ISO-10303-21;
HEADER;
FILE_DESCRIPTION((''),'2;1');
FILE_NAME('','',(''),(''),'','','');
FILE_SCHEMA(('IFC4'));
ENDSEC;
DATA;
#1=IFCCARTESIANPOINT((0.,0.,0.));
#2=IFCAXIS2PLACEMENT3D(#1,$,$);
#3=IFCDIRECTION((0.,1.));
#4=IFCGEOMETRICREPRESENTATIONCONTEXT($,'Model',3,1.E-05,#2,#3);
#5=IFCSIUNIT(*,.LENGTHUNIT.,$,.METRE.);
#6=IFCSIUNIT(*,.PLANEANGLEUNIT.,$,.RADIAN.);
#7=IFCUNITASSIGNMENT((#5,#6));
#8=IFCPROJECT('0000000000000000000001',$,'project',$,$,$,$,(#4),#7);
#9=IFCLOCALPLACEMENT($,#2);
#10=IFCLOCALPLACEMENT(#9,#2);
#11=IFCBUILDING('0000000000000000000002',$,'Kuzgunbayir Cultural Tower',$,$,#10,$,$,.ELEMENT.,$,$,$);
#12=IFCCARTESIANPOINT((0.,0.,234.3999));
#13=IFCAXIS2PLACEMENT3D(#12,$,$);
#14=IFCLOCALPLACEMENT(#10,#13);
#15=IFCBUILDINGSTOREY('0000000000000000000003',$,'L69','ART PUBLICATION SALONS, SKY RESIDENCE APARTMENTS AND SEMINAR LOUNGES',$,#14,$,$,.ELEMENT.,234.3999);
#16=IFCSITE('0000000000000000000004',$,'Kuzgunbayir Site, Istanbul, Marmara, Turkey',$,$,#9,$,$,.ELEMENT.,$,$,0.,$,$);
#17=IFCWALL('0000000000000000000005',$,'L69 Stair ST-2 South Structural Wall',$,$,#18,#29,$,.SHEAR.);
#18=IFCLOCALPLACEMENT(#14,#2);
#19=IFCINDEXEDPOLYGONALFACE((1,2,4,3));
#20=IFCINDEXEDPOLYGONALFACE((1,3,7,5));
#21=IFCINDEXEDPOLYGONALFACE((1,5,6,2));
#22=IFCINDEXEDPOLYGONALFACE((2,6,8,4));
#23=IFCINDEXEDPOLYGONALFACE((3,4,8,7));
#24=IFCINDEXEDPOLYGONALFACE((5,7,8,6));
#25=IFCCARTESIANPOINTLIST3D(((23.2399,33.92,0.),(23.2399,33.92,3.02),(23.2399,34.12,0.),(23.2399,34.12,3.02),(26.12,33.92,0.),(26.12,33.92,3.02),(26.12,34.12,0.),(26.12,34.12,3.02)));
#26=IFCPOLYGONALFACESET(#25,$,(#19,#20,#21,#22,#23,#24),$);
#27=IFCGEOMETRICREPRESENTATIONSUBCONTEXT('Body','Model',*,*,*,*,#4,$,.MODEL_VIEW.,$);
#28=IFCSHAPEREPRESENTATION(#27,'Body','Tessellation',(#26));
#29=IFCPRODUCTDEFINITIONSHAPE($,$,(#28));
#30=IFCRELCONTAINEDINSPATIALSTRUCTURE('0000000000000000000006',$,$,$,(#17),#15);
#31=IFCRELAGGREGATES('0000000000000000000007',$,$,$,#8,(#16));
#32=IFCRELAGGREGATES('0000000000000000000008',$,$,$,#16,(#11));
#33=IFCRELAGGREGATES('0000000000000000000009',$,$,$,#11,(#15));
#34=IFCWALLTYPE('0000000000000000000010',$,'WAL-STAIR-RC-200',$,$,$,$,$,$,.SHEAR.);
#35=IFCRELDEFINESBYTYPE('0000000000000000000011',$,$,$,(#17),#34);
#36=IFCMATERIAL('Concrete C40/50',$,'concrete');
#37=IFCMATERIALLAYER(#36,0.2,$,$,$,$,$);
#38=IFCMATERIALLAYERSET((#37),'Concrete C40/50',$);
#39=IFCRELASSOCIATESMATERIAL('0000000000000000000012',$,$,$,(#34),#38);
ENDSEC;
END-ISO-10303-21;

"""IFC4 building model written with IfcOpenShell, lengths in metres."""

from ifc_helpers import new_model, si_unit, direction, frame, frame_2d, origin, place, context, subcontext, project, spatial, rectangle, extrude, material, layer, layer_set, type_object, element, save


model = new_model("IFC4")

# Units and contexts
model_context = context("Model", 3, precision=1e-05, world=origin(), true_north=direction((0.0, 1.0)))
body_context = subcontext(model_context, "Body", "Model", "MODEL_VIEW")
ifc_project = project(units=[si_unit("LENGTHUNIT", "METRE"), si_unit("PLANEANGLEUNIT", "RADIAN")], contexts=[model_context])

# Site, building, storey
site_placement = place(None, origin())
site = spatial("IfcSite", under=ifc_project, at=site_placement, Name="Kuzgunbayir Site, Istanbul, Marmara, Turkey", CompositionType="ELEMENT", RefElevation=0.0)
building_placement = place(site_placement, origin())
building = spatial("IfcBuilding", under=site, at=building_placement, Name="Kuzgunbayir Cultural Tower", CompositionType="ELEMENT")
storey_placement = place(building_placement, frame((0.0, 0.0, 234.3999)))
storey = spatial("IfcBuildingStorey", under=building, at=storey_placement, Name="L69", Description="ART PUBLICATION SALONS, SKY RESIDENCE APARTMENTS AND SEMINAR LOUNGES", CompositionType="ELEMENT", Elevation=234.3999)

# Shared definitions
ifc_material_1 = material(Name="Concrete C40/50", Category="concrete")

# Shared definitions
ifc_layer_1 = layer(ifc_material_1, 0.2)
ifc_layer_set_1 = layer_set([ifc_layer_1], Name="Concrete C40/50")
wall_type_1 = type_object("IfcWallType", Name="WAL-STAIR-RC-200", PredefinedType="SHEAR", material=ifc_layer_set_1)

# Wall
wall_1_placement = place(storey_placement, frame((23.24, 34.02, 0.0), z_axis=(0.0, 0.0, 1.0), x_axis=(1.0, 0.0, 0.0)))
element("IfcWall", 1, at=wall_1_placement, inside=storey, type_object=wall_type_1, Name="L69 Stair ST-2 South Structural Wall", PredefinedType="SHEAR", context=body_context, shape_type="SweptSolid", body=[
    extrude(rectangle(XDim=2.8801, YDim=0.2, at=frame_2d((1.4399, 0.0))), origin(), (0.0, 0.0, 1.0), 3.02),
])

save(model, "model.ifc")
